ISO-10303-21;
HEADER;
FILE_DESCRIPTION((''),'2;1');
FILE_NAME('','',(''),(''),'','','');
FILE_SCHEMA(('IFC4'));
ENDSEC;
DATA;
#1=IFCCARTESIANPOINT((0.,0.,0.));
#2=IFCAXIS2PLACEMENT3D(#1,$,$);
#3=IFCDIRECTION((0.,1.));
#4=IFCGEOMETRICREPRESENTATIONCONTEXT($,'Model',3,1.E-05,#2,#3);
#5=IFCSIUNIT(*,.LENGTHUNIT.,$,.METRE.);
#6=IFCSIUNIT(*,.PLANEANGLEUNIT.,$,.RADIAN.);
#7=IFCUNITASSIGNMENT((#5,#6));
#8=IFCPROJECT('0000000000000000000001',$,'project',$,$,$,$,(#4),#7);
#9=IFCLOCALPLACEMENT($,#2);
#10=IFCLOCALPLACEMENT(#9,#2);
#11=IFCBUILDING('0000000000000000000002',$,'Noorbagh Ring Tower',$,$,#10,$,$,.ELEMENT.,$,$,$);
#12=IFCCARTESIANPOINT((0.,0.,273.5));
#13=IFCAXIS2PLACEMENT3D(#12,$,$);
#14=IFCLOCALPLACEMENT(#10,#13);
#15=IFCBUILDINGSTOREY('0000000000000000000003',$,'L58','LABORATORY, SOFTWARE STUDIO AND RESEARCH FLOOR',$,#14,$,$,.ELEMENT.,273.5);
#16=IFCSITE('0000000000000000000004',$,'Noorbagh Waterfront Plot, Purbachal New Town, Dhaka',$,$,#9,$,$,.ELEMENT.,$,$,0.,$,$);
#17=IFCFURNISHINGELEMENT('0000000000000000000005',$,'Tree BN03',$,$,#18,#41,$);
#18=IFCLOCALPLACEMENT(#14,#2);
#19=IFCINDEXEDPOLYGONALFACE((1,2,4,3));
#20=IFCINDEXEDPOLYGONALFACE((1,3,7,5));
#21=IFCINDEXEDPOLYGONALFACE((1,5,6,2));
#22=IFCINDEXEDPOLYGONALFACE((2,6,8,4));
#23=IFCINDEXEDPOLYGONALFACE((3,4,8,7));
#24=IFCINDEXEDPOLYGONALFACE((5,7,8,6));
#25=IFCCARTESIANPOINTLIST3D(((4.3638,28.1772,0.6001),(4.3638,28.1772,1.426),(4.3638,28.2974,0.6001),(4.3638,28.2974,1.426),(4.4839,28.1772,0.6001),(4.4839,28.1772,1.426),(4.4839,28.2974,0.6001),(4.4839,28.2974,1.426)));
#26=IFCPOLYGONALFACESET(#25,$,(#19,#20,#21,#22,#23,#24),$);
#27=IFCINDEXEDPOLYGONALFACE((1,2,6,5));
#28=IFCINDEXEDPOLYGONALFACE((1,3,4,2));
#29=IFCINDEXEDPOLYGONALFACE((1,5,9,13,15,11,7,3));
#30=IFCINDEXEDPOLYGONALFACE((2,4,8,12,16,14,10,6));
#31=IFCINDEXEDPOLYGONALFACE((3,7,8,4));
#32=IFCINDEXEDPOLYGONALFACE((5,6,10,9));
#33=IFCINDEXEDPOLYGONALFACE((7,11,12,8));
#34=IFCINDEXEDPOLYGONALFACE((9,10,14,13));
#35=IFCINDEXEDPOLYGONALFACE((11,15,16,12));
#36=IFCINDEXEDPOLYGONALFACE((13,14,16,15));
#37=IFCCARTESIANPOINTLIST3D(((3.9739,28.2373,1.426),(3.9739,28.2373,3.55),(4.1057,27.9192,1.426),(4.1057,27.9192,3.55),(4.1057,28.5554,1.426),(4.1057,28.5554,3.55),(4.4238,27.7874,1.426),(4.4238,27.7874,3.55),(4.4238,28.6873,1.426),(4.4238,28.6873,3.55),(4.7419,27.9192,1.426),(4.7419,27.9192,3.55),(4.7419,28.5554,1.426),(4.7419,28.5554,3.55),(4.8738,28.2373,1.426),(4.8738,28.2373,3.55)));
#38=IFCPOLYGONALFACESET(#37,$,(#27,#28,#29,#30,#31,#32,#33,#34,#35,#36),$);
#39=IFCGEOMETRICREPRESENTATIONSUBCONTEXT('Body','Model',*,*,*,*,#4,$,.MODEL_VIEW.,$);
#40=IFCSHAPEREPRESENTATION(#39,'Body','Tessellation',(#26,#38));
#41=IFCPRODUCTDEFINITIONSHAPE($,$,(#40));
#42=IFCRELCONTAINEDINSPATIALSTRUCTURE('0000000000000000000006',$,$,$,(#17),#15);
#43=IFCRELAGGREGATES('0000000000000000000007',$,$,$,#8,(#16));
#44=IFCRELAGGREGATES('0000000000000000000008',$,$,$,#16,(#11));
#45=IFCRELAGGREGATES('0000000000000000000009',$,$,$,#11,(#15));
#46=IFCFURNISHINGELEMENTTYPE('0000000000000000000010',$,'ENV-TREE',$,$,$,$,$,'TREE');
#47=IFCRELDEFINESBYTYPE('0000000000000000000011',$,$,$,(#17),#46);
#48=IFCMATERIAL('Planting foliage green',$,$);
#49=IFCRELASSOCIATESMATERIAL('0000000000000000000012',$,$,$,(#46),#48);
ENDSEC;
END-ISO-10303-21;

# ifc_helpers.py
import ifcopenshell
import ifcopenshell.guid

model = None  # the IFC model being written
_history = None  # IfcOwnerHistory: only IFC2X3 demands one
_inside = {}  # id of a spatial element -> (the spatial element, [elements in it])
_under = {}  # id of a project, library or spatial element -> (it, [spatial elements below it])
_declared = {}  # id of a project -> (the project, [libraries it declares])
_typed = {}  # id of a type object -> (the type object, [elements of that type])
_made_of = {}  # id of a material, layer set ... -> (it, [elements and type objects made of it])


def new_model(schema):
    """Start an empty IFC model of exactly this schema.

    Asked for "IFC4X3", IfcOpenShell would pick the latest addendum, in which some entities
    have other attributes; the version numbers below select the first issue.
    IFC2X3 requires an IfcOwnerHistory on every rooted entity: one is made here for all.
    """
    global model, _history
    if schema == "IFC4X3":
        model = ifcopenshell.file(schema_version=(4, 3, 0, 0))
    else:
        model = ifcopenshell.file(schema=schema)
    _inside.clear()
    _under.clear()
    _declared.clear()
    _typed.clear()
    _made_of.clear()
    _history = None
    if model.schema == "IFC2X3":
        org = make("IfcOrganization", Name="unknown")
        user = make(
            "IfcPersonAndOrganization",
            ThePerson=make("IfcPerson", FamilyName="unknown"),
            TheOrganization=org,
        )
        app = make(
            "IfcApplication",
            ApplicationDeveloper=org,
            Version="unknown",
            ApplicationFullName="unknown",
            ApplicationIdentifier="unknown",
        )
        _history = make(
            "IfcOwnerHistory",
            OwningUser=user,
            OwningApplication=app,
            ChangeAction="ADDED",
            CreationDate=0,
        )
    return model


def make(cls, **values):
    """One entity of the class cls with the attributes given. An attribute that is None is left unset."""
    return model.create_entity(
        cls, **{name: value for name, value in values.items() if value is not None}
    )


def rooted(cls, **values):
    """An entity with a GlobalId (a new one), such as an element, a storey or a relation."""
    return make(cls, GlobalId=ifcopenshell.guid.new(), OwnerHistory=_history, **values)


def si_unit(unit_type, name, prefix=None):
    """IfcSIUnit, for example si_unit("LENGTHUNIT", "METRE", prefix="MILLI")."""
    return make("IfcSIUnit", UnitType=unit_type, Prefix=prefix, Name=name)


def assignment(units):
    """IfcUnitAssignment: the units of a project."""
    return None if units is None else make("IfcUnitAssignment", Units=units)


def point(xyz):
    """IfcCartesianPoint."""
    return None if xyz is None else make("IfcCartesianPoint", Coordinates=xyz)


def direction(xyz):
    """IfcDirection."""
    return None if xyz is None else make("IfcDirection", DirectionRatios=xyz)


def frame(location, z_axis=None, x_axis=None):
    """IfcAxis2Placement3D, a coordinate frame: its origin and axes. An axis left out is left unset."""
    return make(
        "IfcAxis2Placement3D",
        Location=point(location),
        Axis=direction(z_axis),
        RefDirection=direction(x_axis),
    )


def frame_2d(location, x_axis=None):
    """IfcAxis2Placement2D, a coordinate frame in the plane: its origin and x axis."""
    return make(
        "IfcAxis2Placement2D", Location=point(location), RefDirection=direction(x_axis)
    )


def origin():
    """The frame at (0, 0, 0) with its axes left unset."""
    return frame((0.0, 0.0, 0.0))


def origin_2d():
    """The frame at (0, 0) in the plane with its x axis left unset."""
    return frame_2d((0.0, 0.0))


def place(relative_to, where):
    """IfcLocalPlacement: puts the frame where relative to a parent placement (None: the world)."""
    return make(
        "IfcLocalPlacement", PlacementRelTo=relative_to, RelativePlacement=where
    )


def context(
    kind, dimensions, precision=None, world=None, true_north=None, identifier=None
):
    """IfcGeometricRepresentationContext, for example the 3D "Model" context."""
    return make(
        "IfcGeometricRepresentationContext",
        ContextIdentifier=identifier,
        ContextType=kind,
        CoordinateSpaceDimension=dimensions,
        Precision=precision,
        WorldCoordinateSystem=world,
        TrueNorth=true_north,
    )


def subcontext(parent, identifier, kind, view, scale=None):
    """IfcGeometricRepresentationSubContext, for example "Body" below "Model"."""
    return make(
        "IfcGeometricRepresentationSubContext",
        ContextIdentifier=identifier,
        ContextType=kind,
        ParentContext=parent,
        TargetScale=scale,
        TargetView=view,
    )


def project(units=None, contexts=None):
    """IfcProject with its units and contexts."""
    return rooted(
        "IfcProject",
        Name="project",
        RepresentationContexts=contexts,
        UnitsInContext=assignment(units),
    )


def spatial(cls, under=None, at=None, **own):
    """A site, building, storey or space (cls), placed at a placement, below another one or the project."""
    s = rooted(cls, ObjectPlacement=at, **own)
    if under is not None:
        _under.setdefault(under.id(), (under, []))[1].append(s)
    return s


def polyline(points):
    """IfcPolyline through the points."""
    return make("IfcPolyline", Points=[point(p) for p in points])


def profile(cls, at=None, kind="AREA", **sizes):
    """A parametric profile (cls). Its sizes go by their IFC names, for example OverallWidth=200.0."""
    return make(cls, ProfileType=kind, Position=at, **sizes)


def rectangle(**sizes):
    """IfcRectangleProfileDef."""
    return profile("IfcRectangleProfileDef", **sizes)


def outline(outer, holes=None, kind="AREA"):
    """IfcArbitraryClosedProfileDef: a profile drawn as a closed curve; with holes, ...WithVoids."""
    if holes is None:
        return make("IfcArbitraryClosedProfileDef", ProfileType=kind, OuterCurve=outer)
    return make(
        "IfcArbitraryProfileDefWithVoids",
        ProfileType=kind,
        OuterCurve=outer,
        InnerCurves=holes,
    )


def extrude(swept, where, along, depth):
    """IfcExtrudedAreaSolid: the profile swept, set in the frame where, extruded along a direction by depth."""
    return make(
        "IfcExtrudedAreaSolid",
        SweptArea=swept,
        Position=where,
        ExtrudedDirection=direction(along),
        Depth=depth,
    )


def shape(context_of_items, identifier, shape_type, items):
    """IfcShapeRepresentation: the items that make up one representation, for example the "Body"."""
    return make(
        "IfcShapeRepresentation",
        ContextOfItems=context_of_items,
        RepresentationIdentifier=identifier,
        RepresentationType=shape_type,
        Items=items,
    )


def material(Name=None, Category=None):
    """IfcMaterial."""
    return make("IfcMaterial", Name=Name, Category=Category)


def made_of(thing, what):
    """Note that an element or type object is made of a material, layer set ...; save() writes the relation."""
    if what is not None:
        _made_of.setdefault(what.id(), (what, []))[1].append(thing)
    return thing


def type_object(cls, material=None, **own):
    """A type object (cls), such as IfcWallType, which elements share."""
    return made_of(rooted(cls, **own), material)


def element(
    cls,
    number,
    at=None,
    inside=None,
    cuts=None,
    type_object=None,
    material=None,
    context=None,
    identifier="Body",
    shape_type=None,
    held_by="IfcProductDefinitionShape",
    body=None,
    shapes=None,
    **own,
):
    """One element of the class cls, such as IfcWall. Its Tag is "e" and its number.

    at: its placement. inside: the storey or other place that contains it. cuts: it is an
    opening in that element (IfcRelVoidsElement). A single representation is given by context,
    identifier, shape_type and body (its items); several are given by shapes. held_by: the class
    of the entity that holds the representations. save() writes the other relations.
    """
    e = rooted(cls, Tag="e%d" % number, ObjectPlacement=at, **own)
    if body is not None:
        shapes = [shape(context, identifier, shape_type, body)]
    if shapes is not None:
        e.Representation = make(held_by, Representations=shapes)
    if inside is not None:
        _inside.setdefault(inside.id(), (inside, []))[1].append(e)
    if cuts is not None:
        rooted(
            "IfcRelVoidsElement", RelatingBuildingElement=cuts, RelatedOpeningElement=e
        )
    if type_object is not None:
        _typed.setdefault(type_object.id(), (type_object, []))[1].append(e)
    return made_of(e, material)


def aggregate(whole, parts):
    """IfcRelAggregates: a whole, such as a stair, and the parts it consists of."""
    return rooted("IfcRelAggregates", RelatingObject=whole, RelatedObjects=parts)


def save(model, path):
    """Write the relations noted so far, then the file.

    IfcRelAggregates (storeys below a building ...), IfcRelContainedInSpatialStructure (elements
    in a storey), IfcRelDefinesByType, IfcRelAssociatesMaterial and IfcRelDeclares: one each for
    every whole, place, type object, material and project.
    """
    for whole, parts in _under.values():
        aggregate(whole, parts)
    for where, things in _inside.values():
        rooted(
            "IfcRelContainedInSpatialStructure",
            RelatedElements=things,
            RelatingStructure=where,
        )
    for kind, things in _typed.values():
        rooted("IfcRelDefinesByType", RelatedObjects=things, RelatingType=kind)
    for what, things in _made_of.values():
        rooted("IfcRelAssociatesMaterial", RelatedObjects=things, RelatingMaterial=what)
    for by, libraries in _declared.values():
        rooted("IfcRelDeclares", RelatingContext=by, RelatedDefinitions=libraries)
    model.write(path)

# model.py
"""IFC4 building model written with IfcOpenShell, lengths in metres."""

from ifc_helpers import new_model, si_unit, direction, frame, origin, origin_2d, place, context, subcontext, project, spatial, polyline, rectangle, outline, extrude, material, type_object, element, save


model = new_model("IFC4")

# Units and contexts
model_context = context("Model", 3, precision=1e-05, world=origin(), true_north=direction((0.0, 1.0)))
body_context = subcontext(model_context, "Body", "Model", "MODEL_VIEW")
ifc_project = project(units=[si_unit("LENGTHUNIT", "METRE"), si_unit("PLANEANGLEUNIT", "RADIAN")], contexts=[model_context])

# Site, building, storey
site_placement = place(None, origin())
site = spatial("IfcSite", under=ifc_project, at=site_placement, Name="Noorbagh Waterfront Plot, Purbachal New Town, Dhaka", CompositionType="ELEMENT", RefElevation=0.0)
building_placement = place(site_placement, origin())
building = spatial("IfcBuilding", under=site, at=building_placement, Name="Noorbagh Ring Tower", CompositionType="ELEMENT")
storey_placement = place(building_placement, frame((0.0, 0.0, 273.5)))
storey = spatial("IfcBuildingStorey", under=building, at=storey_placement, Name="L58", Description="LABORATORY, SOFTWARE STUDIO AND RESEARCH FLOOR", CompositionType="ELEMENT", Elevation=273.5)

# Furnishing element
ifc_material_1 = material(Name="Planting foliage green")
furnishing_element_type = type_object("IfcFurnishingElementType", Name="ENV-TREE", ElementType="TREE", material=ifc_material_1)
furnishing_placement = place(storey_placement, frame((4.4238, 28.2373, 0.6001), z_axis=(0.0, 0.0, 1.0), x_axis=(1.0, 0.0, 0.0)))
element("IfcFurnishingElement", 1, at=furnishing_placement, inside=storey, type_object=furnishing_element_type, Name="Tree BN03", context=body_context, shape_type="SweptSolid", body=[
    extrude(rectangle(XDim=0.1201, YDim=0.1201, at=origin_2d()), origin(), (0.0, 0.0, 1.0), 0.8259),
    extrude(outline(polyline([(0.45, 0.0), (0.3181, 0.3181), (0.0, 0.45), (-0.3181, 0.3181), (-0.45, 0.0), (-0.3181, -0.3181), (0.0, -0.45), (0.3181, -0.3181), (0.45, 0.0)])), frame((0.0, 0.0, 0.8259)), (0.0, 0.0, 1.0), 2.124),
])

save(model, "model.ifc")
